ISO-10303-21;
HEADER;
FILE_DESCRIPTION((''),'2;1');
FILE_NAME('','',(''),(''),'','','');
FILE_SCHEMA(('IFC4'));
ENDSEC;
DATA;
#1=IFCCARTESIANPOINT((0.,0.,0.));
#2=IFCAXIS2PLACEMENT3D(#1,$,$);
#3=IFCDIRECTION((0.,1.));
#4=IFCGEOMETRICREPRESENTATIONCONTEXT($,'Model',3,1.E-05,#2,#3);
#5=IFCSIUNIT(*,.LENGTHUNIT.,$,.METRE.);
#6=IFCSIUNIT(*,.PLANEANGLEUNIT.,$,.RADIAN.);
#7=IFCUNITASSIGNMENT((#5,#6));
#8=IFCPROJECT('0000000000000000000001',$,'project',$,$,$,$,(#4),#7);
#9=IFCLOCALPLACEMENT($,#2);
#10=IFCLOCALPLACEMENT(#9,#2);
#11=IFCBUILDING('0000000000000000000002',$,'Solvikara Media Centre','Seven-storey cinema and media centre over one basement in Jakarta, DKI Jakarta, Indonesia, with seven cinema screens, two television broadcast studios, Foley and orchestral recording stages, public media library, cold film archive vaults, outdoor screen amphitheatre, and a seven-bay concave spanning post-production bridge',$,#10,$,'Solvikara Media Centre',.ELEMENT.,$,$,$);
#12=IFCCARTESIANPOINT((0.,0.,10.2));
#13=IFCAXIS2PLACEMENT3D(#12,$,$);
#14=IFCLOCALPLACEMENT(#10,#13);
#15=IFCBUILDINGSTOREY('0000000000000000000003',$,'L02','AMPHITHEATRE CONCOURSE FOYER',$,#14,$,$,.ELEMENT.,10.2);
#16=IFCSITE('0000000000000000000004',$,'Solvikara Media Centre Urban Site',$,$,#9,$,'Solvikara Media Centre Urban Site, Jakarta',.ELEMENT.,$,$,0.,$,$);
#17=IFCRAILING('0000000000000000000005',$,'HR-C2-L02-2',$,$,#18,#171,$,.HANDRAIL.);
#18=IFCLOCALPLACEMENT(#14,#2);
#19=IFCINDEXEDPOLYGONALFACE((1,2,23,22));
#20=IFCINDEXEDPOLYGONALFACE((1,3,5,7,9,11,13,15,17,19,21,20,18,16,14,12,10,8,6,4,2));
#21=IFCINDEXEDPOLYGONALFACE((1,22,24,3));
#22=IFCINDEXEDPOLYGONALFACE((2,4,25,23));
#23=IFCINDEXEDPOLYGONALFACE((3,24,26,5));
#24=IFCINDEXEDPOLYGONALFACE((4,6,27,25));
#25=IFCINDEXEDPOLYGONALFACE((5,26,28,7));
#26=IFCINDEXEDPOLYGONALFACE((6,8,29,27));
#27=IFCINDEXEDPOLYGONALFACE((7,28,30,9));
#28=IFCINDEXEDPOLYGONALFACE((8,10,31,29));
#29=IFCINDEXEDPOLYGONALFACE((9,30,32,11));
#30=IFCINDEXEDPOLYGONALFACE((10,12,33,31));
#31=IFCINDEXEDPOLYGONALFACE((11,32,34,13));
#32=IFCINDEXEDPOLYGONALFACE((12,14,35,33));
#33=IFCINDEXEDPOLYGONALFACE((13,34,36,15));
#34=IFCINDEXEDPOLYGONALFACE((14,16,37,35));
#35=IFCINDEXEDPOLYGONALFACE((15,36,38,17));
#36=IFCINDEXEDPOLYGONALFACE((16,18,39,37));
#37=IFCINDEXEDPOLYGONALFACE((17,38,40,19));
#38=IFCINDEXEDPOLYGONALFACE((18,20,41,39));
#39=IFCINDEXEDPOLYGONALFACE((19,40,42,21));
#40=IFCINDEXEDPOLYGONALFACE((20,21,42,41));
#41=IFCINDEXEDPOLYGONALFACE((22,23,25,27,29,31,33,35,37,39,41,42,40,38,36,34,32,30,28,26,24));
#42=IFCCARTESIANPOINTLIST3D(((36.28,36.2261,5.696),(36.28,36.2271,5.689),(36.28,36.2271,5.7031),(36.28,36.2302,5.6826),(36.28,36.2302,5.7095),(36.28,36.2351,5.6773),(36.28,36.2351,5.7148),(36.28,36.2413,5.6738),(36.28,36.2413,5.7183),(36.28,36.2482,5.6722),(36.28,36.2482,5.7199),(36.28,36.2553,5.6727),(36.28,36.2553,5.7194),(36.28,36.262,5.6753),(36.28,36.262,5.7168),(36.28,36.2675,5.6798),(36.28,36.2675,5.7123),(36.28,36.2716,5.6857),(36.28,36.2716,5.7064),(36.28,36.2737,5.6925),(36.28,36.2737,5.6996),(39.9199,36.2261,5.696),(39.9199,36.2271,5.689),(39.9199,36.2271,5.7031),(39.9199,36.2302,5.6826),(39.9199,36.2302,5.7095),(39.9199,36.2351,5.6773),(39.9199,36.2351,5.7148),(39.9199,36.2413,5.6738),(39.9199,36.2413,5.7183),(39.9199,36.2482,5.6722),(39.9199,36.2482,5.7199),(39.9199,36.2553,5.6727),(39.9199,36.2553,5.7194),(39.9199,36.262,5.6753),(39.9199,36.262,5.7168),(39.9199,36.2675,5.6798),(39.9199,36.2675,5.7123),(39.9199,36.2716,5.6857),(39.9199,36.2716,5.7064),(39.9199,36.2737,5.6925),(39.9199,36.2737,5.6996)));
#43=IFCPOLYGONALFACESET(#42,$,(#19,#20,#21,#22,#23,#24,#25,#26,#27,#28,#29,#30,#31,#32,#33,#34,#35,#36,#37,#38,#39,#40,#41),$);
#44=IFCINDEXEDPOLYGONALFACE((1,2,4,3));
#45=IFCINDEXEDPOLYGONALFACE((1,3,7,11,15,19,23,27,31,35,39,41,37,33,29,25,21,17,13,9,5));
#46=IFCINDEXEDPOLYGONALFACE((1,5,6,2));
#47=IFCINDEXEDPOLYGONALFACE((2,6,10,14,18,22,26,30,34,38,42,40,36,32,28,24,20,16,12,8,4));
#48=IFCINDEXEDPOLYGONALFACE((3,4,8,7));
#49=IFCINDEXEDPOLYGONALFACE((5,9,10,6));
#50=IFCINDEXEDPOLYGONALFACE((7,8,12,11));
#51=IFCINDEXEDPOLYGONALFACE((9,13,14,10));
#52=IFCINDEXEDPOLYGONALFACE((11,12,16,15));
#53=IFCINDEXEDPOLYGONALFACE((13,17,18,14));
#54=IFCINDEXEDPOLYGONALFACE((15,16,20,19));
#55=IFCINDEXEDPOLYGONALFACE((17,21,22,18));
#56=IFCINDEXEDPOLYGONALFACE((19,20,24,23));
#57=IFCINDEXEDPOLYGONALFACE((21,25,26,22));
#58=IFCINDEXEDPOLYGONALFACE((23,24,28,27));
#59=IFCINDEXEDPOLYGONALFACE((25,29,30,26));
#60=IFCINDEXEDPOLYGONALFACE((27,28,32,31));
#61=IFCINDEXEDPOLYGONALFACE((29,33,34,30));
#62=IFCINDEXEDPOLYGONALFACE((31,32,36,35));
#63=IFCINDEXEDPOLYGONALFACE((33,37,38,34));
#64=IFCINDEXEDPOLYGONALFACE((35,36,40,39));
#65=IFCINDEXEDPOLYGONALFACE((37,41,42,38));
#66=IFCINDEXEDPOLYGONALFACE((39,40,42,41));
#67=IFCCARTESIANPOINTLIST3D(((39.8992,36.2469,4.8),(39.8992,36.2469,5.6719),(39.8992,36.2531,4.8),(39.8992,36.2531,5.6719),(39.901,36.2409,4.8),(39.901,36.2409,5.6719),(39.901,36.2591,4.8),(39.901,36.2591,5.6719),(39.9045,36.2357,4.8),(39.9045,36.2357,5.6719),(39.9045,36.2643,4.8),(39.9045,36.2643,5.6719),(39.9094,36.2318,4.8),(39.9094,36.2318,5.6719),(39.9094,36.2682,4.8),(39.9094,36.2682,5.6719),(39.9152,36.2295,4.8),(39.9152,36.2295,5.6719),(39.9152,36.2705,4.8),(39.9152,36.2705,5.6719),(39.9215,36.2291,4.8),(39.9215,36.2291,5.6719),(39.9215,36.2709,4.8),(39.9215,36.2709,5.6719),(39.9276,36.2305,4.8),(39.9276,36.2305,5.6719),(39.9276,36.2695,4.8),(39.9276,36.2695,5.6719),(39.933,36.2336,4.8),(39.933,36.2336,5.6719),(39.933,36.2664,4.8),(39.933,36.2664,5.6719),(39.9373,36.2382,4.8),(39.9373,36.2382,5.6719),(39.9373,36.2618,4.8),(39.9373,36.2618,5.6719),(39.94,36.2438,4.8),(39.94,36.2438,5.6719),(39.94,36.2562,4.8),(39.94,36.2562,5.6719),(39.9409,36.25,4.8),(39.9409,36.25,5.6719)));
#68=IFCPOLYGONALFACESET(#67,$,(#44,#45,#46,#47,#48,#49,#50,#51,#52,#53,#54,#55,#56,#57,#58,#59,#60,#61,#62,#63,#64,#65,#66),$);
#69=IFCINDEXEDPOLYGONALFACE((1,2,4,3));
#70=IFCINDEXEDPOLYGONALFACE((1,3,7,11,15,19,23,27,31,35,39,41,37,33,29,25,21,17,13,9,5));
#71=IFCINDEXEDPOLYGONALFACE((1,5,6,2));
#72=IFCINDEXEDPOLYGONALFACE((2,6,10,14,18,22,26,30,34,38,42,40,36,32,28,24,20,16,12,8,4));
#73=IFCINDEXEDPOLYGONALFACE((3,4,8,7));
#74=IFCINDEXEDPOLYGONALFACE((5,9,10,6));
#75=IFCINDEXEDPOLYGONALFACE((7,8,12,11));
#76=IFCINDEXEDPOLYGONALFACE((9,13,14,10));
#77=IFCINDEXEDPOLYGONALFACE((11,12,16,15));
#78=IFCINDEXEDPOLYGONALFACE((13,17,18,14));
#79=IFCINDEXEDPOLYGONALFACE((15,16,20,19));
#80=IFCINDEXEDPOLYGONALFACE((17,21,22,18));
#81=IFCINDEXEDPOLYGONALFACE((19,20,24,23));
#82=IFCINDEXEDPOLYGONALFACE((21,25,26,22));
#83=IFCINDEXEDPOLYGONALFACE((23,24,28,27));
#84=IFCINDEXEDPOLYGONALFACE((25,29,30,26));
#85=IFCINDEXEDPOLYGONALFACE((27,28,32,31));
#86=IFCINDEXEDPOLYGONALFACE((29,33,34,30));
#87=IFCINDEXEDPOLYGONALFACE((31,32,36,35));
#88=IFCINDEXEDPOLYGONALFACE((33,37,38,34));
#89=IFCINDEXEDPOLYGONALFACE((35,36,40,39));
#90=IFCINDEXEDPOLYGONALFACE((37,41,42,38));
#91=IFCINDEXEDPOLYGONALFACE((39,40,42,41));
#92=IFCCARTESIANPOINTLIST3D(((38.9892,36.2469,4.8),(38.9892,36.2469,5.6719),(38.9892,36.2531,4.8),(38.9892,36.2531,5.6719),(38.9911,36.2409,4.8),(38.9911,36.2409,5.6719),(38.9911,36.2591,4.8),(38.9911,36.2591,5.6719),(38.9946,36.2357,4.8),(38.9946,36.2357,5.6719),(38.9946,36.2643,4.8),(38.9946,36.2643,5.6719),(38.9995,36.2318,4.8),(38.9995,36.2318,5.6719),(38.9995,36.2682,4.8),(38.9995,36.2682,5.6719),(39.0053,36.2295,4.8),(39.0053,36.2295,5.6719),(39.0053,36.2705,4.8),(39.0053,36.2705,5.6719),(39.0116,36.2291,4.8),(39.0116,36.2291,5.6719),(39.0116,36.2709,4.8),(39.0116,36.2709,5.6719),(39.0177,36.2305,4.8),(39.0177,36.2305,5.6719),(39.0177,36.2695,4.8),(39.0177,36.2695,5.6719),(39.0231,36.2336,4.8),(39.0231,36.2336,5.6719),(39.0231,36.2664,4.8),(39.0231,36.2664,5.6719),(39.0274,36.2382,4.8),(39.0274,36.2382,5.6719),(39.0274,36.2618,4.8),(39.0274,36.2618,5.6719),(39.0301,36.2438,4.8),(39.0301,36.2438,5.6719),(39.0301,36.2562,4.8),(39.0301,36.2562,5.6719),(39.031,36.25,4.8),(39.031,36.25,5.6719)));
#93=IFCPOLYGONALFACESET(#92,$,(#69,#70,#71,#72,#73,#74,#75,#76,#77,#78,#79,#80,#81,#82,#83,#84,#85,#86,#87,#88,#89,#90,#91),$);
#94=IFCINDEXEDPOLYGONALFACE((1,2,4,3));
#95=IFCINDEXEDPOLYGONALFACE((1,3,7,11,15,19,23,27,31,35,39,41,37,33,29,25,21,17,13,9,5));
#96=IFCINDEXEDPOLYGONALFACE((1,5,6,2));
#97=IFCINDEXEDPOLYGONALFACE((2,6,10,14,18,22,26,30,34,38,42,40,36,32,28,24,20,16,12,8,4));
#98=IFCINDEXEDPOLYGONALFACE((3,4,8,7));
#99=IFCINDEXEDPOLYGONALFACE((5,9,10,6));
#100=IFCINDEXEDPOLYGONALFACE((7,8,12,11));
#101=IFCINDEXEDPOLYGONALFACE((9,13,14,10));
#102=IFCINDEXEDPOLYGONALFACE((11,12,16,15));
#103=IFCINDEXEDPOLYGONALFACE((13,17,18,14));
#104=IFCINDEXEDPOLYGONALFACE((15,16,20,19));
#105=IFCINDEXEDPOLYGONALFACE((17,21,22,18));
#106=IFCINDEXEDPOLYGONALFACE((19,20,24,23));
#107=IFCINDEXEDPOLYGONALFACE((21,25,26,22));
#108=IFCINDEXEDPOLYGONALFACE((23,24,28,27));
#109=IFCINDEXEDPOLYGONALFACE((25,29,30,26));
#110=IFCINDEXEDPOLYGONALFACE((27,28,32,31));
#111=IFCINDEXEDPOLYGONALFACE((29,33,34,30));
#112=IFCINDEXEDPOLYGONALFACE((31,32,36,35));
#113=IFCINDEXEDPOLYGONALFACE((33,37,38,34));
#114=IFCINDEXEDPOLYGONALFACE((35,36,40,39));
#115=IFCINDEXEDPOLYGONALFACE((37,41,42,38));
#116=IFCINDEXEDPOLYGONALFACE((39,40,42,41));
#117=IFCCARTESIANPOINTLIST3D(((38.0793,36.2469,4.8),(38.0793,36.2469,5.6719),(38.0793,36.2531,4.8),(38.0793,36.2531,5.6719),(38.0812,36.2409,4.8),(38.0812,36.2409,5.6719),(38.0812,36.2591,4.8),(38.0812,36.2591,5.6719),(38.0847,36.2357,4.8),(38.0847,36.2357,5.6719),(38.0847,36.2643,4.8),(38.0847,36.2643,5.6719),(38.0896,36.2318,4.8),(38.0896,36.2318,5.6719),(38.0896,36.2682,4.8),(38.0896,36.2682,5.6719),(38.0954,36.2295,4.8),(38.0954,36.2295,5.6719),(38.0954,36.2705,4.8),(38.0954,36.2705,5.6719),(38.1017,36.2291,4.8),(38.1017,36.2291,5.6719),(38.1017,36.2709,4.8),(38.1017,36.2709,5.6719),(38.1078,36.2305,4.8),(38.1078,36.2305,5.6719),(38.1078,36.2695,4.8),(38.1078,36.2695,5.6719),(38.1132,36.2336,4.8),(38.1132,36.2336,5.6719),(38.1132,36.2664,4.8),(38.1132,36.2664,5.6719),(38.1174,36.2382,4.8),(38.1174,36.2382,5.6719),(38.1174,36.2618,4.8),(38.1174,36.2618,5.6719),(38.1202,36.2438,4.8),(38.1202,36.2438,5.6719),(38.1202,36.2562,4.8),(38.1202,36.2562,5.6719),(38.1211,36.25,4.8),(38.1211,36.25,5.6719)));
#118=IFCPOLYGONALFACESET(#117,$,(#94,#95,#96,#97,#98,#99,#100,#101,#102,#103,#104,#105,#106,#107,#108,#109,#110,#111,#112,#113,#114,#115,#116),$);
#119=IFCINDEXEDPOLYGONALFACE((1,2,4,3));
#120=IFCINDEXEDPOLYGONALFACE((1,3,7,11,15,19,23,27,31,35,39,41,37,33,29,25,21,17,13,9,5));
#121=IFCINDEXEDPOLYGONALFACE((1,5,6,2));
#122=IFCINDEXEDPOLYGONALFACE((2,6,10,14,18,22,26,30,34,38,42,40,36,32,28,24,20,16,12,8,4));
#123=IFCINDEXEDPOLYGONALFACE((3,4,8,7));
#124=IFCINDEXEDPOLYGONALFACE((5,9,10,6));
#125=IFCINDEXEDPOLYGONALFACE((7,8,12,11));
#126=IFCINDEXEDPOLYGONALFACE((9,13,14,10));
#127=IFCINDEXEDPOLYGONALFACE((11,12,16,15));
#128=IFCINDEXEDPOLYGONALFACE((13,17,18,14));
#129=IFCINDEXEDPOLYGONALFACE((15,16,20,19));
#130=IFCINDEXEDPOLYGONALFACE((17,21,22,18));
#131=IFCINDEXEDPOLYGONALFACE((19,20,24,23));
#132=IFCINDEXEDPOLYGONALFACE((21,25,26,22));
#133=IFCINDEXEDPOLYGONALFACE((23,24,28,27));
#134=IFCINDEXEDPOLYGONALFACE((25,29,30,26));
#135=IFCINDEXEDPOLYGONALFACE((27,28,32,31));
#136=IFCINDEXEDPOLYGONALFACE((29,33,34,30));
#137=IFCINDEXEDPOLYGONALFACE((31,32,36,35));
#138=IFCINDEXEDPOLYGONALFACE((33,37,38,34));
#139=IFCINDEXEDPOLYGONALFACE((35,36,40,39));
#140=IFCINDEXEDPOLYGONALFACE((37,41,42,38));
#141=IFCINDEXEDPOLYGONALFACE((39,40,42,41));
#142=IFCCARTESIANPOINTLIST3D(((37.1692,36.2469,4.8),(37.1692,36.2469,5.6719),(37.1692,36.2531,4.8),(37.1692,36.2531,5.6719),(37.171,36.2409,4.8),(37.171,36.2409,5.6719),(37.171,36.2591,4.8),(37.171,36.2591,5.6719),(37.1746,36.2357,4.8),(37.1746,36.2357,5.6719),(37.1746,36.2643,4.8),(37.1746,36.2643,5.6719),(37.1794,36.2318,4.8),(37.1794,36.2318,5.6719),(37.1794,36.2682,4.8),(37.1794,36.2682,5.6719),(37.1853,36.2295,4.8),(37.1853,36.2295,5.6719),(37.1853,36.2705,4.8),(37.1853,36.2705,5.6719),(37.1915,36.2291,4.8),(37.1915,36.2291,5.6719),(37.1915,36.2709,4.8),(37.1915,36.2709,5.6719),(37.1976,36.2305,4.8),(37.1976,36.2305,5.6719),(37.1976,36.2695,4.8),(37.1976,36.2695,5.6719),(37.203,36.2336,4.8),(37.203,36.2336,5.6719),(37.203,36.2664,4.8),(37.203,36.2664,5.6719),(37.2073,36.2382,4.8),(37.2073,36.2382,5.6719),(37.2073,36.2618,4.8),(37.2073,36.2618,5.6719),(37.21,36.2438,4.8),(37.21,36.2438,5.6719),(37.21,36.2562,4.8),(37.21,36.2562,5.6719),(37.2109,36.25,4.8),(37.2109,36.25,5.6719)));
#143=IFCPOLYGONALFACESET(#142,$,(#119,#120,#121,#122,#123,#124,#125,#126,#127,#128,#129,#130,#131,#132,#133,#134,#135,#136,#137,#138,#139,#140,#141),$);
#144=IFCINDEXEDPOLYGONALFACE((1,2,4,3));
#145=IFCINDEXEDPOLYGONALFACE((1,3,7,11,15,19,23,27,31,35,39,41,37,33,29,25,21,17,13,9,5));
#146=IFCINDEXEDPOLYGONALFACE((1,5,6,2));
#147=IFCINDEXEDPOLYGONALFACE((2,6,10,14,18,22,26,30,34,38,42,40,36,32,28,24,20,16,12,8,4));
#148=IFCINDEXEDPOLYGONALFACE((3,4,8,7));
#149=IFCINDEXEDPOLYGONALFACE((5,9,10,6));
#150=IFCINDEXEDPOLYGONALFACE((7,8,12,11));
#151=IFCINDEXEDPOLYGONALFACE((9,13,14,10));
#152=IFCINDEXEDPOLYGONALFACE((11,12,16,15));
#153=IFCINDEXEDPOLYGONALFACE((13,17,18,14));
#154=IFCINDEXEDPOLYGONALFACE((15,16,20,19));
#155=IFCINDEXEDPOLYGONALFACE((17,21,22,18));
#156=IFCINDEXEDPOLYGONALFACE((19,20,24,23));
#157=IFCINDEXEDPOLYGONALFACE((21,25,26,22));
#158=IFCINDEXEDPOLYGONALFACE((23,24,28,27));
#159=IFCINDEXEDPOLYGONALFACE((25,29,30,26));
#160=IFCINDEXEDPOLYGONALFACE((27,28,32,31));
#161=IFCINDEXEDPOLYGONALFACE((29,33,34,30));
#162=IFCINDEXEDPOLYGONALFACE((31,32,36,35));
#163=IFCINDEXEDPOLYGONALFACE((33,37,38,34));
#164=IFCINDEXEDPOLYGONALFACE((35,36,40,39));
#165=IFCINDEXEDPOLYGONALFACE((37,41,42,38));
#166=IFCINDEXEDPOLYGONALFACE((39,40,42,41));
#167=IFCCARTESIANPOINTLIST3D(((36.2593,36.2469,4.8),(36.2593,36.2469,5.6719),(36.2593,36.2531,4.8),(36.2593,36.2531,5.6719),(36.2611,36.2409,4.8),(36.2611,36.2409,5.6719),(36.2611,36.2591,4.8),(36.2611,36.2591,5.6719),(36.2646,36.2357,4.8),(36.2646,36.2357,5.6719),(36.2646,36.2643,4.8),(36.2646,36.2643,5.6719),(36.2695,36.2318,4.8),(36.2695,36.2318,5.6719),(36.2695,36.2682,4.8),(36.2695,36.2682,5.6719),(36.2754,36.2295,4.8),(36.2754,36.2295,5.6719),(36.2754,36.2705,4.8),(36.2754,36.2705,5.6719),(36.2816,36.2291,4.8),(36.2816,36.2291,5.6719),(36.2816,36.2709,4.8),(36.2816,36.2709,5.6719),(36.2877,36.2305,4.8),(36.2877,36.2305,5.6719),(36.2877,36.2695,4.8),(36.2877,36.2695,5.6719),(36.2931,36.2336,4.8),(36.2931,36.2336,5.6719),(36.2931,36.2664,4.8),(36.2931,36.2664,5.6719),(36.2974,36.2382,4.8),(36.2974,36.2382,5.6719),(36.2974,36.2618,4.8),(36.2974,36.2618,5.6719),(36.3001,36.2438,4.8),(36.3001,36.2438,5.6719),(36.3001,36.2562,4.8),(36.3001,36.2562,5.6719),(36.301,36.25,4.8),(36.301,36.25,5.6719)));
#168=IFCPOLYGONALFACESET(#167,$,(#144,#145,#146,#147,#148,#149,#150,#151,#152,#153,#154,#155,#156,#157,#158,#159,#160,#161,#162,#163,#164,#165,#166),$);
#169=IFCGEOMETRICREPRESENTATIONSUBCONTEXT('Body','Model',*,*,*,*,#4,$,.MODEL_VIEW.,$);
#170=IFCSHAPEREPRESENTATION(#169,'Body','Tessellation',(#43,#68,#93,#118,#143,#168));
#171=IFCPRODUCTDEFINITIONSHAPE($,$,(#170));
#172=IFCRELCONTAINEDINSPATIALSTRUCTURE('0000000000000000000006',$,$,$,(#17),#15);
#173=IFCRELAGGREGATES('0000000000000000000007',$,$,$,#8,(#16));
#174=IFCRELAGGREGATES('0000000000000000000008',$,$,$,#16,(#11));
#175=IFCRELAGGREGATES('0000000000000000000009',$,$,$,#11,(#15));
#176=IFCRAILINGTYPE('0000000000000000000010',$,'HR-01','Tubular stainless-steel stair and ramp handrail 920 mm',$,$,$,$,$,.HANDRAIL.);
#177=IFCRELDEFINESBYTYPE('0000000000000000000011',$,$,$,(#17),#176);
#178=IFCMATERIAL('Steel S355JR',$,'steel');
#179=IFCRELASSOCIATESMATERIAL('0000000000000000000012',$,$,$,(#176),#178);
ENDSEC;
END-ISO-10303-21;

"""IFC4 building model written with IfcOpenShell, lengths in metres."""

from ifc_helpers import new_model, si_unit, direction, frame, origin, origin_2d, place, context, subcontext, project, spatial, circle, extrude, material, type_object, element, save


model = new_model("IFC4")

# Units and contexts
model_context = context("Model", 3, precision=1e-05, world=origin(), true_north=direction((0.0, 1.0)))
body_context = subcontext(model_context, "Body", "Model", "MODEL_VIEW")
ifc_project = project(units=[si_unit("LENGTHUNIT", "METRE"), si_unit("PLANEANGLEUNIT", "RADIAN")], contexts=[model_context])

# Site, building, storey
site_placement = place(None, origin())
site = spatial("IfcSite", under=ifc_project, at=site_placement, Name="Solvikara Media Centre Urban Site", LongName="Solvikara Media Centre Urban Site, Jakarta", CompositionType="ELEMENT", RefElevation=0.0)
building_placement = place(site_placement, origin())
building = spatial("IfcBuilding", under=site, at=building_placement, Name="Solvikara Media Centre", Description="Seven-storey cinema and media centre over one basement in Jakarta, DKI Jakarta, Indonesia, with seven cinema screens, two television broadcast studios, Foley and orchestral recording stages, public media library, cold film archive vaults, outdoor screen amphitheatre, and a seven-bay concave spanning post-production bridge", LongName="Solvikara Media Centre", CompositionType="ELEMENT")
storey_placement = place(building_placement, frame((0.0, 0.0, 10.2)))
storey = spatial("IfcBuildingStorey", under=building, at=storey_placement, Name="L02", Description="AMPHITHEATRE CONCOURSE FOYER", CompositionType="ELEMENT", Elevation=10.2)

# Shared definitions
ifc_material_1 = material(Name="Steel S355JR", Category="steel")

# Railing
railing_type_1 = type_object("IfcRailingType", Name="HR-01", Description="Tubular stainless-steel stair and ramp handrail 920 mm", PredefinedType="HANDRAIL", material=ifc_material_1)
railing_1_placement = place(storey_placement, frame((39.9199, 36.25, 4.8)))
element("IfcRailing", 1, at=railing_1_placement, inside=storey, type_object=railing_type_1, Name="HR-C2-L02-2", PredefinedType="HANDRAIL", context=body_context, shape_type="SweptSolid", body=[
    extrude(circle(Radius=0.0239, at=origin_2d()), frame((0.0, 0.0, 0.896), z_axis=(-1.0, 0.0, 0.0), x_axis=(0.0, -1.0, 0.0)), (0.0, 0.0, 1.0), 3.6399),
    extrude(circle(Radius=0.021, at=origin_2d()), origin(), (0.0, 0.0, 1.0), 0.8718),
    extrude(circle(Radius=0.021, at=origin_2d()), frame((-0.9099, 0.0, 0.0)), (0.0, 0.0, 1.0), 0.8718),
    extrude(circle(Radius=0.021, at=origin_2d()), frame((-1.8198, 0.0, 0.0)), (0.0, 0.0, 1.0), 0.8718),
    extrude(circle(Radius=0.021, at=origin_2d()), frame((-2.73, 0.0, 0.0)), (0.0, 0.0, 1.0), 0.8718),
    extrude(circle(Radius=0.021, at=origin_2d()), frame((-3.6399, 0.0, 0.0)), (0.0, 0.0, 1.0), 0.8718),
])

save(model, "model.ifc")
